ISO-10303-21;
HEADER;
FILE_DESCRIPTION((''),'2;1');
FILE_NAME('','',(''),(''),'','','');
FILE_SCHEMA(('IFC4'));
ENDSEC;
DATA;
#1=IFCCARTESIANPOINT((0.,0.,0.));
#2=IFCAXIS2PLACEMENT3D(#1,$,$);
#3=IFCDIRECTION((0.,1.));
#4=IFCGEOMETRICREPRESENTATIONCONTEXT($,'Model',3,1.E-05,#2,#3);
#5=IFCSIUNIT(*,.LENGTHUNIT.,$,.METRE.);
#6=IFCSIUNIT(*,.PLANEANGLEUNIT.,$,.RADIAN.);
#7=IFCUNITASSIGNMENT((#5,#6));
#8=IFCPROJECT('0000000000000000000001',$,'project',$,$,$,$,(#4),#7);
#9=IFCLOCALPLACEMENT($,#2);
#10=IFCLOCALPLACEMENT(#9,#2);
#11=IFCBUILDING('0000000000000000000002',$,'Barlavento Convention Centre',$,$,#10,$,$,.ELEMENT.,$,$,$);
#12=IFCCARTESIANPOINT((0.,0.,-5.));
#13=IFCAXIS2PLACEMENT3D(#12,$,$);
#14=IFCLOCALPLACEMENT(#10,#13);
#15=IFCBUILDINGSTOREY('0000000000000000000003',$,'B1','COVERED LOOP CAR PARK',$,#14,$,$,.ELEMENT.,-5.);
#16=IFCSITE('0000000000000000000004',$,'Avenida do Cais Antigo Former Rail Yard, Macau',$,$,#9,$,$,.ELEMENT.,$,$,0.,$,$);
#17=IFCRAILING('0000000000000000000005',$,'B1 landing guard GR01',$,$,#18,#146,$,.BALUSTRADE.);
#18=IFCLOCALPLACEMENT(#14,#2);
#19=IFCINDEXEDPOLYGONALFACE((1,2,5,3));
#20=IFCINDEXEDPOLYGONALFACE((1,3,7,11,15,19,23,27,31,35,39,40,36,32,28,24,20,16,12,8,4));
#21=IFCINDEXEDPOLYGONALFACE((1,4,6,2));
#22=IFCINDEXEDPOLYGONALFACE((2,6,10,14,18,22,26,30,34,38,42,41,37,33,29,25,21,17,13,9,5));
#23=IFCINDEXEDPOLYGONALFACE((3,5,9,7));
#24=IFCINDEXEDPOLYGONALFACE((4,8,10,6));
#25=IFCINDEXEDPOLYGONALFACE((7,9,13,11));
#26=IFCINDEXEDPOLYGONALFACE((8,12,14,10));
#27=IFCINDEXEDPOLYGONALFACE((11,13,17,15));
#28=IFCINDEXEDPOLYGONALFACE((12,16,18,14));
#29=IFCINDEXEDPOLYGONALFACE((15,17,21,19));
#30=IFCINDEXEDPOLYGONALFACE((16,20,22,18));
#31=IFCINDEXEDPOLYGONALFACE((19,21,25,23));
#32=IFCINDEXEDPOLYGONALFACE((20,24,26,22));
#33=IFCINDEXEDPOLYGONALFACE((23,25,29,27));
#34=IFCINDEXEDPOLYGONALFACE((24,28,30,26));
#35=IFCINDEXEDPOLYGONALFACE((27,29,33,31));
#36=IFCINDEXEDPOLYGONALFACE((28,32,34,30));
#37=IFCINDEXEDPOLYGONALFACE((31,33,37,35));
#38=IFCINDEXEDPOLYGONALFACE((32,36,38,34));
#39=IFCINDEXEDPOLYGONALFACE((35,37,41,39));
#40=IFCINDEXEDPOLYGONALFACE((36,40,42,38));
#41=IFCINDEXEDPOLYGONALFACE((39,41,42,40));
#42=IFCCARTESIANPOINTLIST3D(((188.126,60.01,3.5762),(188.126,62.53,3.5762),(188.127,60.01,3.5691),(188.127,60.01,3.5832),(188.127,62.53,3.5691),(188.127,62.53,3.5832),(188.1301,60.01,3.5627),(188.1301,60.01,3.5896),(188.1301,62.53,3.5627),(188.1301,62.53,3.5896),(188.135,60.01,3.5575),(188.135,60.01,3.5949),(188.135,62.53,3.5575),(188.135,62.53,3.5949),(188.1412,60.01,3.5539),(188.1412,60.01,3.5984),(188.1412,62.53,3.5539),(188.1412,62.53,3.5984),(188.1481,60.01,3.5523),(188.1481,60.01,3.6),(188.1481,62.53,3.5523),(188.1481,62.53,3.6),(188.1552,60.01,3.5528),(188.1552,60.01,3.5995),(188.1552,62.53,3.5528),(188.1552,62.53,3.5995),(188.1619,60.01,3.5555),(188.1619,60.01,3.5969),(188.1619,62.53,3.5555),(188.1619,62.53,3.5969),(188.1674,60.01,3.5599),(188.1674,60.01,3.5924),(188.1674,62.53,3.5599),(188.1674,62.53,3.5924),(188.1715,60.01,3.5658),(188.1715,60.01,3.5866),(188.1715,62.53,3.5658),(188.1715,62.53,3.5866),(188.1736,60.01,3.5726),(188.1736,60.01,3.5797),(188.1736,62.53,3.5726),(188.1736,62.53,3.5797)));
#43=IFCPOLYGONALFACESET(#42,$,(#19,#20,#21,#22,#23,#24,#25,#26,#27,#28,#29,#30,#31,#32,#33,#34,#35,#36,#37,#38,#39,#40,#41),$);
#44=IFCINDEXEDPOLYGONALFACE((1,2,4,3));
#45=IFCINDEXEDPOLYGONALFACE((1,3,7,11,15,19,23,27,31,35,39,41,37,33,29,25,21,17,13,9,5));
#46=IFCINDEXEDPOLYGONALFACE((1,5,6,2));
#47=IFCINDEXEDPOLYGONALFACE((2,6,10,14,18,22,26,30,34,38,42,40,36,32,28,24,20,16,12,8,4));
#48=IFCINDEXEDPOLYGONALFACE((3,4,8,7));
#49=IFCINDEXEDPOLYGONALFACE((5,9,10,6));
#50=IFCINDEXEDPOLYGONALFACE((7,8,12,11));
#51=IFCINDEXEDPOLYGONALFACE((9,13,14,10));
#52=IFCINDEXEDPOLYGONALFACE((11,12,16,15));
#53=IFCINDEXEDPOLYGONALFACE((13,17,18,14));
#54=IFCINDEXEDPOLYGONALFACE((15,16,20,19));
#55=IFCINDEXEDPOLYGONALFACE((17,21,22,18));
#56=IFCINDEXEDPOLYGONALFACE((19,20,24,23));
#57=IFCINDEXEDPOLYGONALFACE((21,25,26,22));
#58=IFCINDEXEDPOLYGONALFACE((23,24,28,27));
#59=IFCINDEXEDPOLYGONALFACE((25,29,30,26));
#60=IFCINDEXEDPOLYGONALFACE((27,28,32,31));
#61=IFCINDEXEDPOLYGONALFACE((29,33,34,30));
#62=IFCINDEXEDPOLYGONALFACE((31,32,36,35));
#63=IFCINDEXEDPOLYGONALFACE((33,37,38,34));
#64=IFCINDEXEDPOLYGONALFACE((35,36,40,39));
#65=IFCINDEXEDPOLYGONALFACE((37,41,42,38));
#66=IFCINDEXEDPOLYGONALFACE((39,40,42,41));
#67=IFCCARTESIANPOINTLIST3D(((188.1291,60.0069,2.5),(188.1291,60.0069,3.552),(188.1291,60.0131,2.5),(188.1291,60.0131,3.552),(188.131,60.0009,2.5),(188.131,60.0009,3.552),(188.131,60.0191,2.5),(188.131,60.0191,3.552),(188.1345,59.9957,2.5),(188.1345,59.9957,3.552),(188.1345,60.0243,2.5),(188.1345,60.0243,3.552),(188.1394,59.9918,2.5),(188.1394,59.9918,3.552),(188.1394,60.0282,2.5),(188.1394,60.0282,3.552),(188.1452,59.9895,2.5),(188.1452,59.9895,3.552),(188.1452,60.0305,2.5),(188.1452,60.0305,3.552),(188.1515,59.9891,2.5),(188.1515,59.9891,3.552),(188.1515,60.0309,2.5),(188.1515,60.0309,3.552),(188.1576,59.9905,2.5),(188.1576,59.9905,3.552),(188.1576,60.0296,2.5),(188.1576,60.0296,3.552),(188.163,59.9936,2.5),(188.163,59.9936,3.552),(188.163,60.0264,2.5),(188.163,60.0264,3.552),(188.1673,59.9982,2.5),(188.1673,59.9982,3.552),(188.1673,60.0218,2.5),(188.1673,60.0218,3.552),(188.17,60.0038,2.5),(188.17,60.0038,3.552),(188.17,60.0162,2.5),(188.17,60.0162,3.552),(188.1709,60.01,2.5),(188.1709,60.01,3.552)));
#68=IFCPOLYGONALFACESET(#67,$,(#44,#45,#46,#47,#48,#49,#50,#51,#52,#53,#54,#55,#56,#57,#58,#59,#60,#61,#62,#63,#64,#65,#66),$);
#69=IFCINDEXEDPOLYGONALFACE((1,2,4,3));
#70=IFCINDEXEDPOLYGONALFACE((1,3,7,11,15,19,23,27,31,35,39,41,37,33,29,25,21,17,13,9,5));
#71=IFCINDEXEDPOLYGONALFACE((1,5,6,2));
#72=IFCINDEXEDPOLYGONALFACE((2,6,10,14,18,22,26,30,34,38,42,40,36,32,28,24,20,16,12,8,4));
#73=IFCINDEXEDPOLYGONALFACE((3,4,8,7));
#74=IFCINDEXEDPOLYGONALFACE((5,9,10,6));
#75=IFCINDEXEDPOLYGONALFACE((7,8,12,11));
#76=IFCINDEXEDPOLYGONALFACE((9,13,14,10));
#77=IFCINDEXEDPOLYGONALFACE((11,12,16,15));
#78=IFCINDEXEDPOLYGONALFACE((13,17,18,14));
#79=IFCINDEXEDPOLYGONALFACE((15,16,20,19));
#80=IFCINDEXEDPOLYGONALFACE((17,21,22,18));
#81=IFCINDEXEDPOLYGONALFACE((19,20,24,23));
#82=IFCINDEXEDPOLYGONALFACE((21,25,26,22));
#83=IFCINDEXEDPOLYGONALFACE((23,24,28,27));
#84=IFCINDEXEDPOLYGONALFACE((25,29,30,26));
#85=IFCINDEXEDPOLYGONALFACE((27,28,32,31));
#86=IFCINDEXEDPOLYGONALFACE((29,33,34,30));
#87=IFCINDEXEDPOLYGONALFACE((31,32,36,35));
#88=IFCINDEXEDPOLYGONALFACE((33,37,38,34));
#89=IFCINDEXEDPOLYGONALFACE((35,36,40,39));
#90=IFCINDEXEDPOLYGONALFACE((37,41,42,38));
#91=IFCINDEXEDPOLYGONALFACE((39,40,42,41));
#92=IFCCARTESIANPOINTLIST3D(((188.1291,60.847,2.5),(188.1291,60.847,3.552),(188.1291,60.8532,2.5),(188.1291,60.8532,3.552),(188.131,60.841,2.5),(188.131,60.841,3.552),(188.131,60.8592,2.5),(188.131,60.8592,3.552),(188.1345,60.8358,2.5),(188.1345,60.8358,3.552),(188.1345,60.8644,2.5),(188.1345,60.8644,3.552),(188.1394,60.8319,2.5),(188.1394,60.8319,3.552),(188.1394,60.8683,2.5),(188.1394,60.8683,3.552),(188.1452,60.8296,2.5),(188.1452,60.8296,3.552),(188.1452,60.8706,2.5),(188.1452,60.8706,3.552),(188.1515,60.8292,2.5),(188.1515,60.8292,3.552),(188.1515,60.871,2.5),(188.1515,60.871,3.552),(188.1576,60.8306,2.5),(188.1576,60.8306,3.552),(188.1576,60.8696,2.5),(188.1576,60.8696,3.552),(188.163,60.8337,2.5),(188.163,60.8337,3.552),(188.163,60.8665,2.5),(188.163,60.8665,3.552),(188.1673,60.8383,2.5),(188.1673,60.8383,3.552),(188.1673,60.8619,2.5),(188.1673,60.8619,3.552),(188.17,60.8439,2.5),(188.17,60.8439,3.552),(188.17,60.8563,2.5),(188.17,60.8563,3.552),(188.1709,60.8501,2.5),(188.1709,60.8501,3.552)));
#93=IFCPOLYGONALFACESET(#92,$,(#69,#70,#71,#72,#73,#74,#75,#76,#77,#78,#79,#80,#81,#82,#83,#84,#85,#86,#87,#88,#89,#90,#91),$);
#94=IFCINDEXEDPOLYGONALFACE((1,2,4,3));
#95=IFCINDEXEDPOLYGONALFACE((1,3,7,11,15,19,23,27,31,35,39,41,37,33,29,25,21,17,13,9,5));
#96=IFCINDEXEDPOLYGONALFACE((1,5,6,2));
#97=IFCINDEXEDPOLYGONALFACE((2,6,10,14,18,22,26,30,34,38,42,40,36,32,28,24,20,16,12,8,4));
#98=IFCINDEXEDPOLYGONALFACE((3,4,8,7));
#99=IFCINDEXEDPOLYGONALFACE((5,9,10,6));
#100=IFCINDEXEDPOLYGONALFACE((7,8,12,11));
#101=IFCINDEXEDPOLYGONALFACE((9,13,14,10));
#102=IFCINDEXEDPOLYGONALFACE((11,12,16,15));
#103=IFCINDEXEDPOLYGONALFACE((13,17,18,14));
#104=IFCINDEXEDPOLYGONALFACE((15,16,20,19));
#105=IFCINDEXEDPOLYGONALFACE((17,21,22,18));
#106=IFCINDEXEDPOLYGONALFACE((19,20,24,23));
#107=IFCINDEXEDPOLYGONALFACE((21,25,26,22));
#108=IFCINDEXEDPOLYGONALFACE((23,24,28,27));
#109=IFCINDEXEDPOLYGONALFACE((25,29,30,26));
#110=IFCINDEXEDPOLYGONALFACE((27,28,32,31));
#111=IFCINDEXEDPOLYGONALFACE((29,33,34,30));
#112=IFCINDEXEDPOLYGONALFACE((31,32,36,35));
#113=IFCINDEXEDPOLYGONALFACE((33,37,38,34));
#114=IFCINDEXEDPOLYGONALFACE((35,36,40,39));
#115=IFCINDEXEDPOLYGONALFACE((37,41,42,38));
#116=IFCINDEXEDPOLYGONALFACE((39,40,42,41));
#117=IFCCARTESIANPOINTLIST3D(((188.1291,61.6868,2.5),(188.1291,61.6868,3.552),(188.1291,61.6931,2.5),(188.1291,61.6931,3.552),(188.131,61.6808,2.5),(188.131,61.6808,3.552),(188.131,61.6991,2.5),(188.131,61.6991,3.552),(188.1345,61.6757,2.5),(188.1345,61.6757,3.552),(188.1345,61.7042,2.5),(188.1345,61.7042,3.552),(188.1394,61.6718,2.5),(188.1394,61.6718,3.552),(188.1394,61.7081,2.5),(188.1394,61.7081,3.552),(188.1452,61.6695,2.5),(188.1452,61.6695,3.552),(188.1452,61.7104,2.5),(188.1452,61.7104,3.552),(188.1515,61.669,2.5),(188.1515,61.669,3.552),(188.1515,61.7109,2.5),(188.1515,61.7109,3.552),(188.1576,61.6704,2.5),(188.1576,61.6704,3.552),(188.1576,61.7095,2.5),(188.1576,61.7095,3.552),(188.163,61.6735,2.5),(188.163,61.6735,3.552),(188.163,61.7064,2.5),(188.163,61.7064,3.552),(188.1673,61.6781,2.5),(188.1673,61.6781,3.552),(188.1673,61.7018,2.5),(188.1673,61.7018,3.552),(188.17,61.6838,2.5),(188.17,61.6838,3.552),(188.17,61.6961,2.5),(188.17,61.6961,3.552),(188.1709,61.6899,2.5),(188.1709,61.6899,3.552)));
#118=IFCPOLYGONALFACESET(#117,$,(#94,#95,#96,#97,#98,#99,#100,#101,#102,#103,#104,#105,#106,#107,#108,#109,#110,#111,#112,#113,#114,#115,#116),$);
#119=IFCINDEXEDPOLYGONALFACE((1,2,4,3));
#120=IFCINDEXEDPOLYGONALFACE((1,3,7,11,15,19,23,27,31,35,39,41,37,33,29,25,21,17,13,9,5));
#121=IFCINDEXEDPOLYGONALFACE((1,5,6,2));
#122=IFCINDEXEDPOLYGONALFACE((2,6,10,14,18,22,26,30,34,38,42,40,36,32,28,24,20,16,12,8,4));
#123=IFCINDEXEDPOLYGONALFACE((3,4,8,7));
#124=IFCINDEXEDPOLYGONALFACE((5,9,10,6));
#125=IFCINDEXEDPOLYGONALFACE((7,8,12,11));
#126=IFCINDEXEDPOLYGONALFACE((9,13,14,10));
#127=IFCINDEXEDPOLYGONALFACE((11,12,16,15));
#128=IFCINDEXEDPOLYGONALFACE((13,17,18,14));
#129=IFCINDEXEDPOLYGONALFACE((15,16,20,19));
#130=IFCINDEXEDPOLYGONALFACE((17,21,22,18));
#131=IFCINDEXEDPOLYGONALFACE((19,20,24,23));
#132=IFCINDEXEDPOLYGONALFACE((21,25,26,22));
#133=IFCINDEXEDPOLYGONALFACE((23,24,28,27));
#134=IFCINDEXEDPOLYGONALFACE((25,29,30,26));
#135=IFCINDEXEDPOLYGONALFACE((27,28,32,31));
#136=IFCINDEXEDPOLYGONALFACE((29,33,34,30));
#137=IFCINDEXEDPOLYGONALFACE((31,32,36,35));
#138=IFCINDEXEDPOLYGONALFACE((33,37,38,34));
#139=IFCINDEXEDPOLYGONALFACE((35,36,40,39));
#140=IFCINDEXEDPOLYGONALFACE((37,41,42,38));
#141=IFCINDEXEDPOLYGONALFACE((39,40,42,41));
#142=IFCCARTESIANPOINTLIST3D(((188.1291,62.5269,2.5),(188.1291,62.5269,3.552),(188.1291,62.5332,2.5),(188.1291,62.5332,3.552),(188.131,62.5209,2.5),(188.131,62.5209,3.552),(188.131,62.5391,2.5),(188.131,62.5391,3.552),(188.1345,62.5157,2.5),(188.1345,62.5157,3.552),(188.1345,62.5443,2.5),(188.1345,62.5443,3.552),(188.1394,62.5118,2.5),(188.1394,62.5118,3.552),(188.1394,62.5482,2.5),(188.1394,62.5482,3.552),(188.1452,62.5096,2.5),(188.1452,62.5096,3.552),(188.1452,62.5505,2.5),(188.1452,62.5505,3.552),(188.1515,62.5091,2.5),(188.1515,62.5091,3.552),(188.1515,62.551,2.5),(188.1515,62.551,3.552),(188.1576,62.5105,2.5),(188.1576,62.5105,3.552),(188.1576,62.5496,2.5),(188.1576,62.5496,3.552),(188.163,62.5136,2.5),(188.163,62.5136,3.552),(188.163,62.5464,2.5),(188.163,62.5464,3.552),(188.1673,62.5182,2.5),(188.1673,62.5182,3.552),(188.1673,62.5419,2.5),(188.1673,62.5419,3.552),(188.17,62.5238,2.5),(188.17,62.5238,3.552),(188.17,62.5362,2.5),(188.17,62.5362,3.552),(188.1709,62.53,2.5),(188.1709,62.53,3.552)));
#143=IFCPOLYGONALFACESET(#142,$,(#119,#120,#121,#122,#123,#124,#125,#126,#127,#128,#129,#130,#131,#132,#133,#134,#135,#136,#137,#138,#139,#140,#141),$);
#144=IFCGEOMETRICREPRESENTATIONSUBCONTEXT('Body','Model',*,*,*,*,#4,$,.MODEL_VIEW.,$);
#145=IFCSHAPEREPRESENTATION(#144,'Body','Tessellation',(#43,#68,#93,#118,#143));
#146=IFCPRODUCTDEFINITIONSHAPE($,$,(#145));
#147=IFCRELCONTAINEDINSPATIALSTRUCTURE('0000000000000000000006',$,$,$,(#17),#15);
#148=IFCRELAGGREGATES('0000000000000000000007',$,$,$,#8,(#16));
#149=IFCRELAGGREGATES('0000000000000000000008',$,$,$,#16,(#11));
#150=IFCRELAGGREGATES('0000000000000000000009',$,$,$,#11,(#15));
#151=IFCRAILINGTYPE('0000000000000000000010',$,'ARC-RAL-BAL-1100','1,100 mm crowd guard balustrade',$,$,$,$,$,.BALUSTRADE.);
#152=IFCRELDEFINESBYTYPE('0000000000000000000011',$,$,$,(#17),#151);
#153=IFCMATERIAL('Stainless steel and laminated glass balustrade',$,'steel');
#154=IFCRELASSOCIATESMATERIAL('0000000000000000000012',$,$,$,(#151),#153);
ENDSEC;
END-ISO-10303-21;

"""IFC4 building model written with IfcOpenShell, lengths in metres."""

from ifc_helpers import new_model, si_unit, direction, frame, origin, origin_2d, place, context, subcontext, project, spatial, circle, extrude, material, type_object, element, save


model = new_model("IFC4")

# Units and contexts
model_context = context("Model", 3, precision=1e-05, world=origin(), true_north=direction((0.0, 1.0)))
body_context = subcontext(model_context, "Body", "Model", "MODEL_VIEW")
ifc_project = project(units=[si_unit("LENGTHUNIT", "METRE"), si_unit("PLANEANGLEUNIT", "RADIAN")], contexts=[model_context])

# Site, building, storey
site_placement = place(None, origin())
site = spatial("IfcSite", under=ifc_project, at=site_placement, Name="Avenida do Cais Antigo Former Rail Yard, Macau", CompositionType="ELEMENT", RefElevation=0.0)
building_placement = place(site_placement, origin())
building = spatial("IfcBuilding", under=site, at=building_placement, Name="Barlavento Convention Centre", CompositionType="ELEMENT")
storey_placement = place(building_placement, frame((0.0, 0.0, -5.0)))
storey = spatial("IfcBuildingStorey", under=building, at=storey_placement, Name="B1", Description="COVERED LOOP CAR PARK", CompositionType="ELEMENT", Elevation=-5.0)

# Railing
ifc_material_1 = material(Name="Stainless steel and laminated glass balustrade", Category="steel")
railing_type_1 = type_object("IfcRailingType", Name="ARC-RAL-BAL-1100", Description="1,100 mm crowd guard balustrade", PredefinedType="BALUSTRADE", material=ifc_material_1)
for number, where, name in (
    (1, (188.1499, 60.01, 2.5), "B1 landing guard GR01"),
):
    element("IfcRailing", number, at=place(storey_placement, frame(where)), inside=storey, type_object=railing_type_1, Name=name, PredefinedType="BALUSTRADE", context=body_context, shape_type="SweptSolid", body=[
        extrude(circle(Radius=0.0239, at=origin_2d()), frame((0.0, 0.0, 1.0762), z_axis=(0.0, 1.0, 0.0), x_axis=(-1.0, 0.0, 0.0)), (0.0, 0.0, 1.0), 2.52),
        extrude(circle(Radius=0.021, at=origin_2d()), origin(), (0.0, 0.0, 1.0), 1.052),
        extrude(circle(Radius=0.021, at=origin_2d()), frame((0.0, 0.8401, 0.0)), (0.0, 0.0, 1.0), 1.052),
        extrude(circle(Radius=0.021, at=origin_2d()), frame((0.0, 1.6799, 0.0)), (0.0, 0.0, 1.0), 1.052),
        extrude(circle(Radius=0.021, at=origin_2d()), frame((0.0, 2.52, 0.0)), (0.0, 0.0, 1.0), 1.052),
    ])

save(model, "model.ifc")
